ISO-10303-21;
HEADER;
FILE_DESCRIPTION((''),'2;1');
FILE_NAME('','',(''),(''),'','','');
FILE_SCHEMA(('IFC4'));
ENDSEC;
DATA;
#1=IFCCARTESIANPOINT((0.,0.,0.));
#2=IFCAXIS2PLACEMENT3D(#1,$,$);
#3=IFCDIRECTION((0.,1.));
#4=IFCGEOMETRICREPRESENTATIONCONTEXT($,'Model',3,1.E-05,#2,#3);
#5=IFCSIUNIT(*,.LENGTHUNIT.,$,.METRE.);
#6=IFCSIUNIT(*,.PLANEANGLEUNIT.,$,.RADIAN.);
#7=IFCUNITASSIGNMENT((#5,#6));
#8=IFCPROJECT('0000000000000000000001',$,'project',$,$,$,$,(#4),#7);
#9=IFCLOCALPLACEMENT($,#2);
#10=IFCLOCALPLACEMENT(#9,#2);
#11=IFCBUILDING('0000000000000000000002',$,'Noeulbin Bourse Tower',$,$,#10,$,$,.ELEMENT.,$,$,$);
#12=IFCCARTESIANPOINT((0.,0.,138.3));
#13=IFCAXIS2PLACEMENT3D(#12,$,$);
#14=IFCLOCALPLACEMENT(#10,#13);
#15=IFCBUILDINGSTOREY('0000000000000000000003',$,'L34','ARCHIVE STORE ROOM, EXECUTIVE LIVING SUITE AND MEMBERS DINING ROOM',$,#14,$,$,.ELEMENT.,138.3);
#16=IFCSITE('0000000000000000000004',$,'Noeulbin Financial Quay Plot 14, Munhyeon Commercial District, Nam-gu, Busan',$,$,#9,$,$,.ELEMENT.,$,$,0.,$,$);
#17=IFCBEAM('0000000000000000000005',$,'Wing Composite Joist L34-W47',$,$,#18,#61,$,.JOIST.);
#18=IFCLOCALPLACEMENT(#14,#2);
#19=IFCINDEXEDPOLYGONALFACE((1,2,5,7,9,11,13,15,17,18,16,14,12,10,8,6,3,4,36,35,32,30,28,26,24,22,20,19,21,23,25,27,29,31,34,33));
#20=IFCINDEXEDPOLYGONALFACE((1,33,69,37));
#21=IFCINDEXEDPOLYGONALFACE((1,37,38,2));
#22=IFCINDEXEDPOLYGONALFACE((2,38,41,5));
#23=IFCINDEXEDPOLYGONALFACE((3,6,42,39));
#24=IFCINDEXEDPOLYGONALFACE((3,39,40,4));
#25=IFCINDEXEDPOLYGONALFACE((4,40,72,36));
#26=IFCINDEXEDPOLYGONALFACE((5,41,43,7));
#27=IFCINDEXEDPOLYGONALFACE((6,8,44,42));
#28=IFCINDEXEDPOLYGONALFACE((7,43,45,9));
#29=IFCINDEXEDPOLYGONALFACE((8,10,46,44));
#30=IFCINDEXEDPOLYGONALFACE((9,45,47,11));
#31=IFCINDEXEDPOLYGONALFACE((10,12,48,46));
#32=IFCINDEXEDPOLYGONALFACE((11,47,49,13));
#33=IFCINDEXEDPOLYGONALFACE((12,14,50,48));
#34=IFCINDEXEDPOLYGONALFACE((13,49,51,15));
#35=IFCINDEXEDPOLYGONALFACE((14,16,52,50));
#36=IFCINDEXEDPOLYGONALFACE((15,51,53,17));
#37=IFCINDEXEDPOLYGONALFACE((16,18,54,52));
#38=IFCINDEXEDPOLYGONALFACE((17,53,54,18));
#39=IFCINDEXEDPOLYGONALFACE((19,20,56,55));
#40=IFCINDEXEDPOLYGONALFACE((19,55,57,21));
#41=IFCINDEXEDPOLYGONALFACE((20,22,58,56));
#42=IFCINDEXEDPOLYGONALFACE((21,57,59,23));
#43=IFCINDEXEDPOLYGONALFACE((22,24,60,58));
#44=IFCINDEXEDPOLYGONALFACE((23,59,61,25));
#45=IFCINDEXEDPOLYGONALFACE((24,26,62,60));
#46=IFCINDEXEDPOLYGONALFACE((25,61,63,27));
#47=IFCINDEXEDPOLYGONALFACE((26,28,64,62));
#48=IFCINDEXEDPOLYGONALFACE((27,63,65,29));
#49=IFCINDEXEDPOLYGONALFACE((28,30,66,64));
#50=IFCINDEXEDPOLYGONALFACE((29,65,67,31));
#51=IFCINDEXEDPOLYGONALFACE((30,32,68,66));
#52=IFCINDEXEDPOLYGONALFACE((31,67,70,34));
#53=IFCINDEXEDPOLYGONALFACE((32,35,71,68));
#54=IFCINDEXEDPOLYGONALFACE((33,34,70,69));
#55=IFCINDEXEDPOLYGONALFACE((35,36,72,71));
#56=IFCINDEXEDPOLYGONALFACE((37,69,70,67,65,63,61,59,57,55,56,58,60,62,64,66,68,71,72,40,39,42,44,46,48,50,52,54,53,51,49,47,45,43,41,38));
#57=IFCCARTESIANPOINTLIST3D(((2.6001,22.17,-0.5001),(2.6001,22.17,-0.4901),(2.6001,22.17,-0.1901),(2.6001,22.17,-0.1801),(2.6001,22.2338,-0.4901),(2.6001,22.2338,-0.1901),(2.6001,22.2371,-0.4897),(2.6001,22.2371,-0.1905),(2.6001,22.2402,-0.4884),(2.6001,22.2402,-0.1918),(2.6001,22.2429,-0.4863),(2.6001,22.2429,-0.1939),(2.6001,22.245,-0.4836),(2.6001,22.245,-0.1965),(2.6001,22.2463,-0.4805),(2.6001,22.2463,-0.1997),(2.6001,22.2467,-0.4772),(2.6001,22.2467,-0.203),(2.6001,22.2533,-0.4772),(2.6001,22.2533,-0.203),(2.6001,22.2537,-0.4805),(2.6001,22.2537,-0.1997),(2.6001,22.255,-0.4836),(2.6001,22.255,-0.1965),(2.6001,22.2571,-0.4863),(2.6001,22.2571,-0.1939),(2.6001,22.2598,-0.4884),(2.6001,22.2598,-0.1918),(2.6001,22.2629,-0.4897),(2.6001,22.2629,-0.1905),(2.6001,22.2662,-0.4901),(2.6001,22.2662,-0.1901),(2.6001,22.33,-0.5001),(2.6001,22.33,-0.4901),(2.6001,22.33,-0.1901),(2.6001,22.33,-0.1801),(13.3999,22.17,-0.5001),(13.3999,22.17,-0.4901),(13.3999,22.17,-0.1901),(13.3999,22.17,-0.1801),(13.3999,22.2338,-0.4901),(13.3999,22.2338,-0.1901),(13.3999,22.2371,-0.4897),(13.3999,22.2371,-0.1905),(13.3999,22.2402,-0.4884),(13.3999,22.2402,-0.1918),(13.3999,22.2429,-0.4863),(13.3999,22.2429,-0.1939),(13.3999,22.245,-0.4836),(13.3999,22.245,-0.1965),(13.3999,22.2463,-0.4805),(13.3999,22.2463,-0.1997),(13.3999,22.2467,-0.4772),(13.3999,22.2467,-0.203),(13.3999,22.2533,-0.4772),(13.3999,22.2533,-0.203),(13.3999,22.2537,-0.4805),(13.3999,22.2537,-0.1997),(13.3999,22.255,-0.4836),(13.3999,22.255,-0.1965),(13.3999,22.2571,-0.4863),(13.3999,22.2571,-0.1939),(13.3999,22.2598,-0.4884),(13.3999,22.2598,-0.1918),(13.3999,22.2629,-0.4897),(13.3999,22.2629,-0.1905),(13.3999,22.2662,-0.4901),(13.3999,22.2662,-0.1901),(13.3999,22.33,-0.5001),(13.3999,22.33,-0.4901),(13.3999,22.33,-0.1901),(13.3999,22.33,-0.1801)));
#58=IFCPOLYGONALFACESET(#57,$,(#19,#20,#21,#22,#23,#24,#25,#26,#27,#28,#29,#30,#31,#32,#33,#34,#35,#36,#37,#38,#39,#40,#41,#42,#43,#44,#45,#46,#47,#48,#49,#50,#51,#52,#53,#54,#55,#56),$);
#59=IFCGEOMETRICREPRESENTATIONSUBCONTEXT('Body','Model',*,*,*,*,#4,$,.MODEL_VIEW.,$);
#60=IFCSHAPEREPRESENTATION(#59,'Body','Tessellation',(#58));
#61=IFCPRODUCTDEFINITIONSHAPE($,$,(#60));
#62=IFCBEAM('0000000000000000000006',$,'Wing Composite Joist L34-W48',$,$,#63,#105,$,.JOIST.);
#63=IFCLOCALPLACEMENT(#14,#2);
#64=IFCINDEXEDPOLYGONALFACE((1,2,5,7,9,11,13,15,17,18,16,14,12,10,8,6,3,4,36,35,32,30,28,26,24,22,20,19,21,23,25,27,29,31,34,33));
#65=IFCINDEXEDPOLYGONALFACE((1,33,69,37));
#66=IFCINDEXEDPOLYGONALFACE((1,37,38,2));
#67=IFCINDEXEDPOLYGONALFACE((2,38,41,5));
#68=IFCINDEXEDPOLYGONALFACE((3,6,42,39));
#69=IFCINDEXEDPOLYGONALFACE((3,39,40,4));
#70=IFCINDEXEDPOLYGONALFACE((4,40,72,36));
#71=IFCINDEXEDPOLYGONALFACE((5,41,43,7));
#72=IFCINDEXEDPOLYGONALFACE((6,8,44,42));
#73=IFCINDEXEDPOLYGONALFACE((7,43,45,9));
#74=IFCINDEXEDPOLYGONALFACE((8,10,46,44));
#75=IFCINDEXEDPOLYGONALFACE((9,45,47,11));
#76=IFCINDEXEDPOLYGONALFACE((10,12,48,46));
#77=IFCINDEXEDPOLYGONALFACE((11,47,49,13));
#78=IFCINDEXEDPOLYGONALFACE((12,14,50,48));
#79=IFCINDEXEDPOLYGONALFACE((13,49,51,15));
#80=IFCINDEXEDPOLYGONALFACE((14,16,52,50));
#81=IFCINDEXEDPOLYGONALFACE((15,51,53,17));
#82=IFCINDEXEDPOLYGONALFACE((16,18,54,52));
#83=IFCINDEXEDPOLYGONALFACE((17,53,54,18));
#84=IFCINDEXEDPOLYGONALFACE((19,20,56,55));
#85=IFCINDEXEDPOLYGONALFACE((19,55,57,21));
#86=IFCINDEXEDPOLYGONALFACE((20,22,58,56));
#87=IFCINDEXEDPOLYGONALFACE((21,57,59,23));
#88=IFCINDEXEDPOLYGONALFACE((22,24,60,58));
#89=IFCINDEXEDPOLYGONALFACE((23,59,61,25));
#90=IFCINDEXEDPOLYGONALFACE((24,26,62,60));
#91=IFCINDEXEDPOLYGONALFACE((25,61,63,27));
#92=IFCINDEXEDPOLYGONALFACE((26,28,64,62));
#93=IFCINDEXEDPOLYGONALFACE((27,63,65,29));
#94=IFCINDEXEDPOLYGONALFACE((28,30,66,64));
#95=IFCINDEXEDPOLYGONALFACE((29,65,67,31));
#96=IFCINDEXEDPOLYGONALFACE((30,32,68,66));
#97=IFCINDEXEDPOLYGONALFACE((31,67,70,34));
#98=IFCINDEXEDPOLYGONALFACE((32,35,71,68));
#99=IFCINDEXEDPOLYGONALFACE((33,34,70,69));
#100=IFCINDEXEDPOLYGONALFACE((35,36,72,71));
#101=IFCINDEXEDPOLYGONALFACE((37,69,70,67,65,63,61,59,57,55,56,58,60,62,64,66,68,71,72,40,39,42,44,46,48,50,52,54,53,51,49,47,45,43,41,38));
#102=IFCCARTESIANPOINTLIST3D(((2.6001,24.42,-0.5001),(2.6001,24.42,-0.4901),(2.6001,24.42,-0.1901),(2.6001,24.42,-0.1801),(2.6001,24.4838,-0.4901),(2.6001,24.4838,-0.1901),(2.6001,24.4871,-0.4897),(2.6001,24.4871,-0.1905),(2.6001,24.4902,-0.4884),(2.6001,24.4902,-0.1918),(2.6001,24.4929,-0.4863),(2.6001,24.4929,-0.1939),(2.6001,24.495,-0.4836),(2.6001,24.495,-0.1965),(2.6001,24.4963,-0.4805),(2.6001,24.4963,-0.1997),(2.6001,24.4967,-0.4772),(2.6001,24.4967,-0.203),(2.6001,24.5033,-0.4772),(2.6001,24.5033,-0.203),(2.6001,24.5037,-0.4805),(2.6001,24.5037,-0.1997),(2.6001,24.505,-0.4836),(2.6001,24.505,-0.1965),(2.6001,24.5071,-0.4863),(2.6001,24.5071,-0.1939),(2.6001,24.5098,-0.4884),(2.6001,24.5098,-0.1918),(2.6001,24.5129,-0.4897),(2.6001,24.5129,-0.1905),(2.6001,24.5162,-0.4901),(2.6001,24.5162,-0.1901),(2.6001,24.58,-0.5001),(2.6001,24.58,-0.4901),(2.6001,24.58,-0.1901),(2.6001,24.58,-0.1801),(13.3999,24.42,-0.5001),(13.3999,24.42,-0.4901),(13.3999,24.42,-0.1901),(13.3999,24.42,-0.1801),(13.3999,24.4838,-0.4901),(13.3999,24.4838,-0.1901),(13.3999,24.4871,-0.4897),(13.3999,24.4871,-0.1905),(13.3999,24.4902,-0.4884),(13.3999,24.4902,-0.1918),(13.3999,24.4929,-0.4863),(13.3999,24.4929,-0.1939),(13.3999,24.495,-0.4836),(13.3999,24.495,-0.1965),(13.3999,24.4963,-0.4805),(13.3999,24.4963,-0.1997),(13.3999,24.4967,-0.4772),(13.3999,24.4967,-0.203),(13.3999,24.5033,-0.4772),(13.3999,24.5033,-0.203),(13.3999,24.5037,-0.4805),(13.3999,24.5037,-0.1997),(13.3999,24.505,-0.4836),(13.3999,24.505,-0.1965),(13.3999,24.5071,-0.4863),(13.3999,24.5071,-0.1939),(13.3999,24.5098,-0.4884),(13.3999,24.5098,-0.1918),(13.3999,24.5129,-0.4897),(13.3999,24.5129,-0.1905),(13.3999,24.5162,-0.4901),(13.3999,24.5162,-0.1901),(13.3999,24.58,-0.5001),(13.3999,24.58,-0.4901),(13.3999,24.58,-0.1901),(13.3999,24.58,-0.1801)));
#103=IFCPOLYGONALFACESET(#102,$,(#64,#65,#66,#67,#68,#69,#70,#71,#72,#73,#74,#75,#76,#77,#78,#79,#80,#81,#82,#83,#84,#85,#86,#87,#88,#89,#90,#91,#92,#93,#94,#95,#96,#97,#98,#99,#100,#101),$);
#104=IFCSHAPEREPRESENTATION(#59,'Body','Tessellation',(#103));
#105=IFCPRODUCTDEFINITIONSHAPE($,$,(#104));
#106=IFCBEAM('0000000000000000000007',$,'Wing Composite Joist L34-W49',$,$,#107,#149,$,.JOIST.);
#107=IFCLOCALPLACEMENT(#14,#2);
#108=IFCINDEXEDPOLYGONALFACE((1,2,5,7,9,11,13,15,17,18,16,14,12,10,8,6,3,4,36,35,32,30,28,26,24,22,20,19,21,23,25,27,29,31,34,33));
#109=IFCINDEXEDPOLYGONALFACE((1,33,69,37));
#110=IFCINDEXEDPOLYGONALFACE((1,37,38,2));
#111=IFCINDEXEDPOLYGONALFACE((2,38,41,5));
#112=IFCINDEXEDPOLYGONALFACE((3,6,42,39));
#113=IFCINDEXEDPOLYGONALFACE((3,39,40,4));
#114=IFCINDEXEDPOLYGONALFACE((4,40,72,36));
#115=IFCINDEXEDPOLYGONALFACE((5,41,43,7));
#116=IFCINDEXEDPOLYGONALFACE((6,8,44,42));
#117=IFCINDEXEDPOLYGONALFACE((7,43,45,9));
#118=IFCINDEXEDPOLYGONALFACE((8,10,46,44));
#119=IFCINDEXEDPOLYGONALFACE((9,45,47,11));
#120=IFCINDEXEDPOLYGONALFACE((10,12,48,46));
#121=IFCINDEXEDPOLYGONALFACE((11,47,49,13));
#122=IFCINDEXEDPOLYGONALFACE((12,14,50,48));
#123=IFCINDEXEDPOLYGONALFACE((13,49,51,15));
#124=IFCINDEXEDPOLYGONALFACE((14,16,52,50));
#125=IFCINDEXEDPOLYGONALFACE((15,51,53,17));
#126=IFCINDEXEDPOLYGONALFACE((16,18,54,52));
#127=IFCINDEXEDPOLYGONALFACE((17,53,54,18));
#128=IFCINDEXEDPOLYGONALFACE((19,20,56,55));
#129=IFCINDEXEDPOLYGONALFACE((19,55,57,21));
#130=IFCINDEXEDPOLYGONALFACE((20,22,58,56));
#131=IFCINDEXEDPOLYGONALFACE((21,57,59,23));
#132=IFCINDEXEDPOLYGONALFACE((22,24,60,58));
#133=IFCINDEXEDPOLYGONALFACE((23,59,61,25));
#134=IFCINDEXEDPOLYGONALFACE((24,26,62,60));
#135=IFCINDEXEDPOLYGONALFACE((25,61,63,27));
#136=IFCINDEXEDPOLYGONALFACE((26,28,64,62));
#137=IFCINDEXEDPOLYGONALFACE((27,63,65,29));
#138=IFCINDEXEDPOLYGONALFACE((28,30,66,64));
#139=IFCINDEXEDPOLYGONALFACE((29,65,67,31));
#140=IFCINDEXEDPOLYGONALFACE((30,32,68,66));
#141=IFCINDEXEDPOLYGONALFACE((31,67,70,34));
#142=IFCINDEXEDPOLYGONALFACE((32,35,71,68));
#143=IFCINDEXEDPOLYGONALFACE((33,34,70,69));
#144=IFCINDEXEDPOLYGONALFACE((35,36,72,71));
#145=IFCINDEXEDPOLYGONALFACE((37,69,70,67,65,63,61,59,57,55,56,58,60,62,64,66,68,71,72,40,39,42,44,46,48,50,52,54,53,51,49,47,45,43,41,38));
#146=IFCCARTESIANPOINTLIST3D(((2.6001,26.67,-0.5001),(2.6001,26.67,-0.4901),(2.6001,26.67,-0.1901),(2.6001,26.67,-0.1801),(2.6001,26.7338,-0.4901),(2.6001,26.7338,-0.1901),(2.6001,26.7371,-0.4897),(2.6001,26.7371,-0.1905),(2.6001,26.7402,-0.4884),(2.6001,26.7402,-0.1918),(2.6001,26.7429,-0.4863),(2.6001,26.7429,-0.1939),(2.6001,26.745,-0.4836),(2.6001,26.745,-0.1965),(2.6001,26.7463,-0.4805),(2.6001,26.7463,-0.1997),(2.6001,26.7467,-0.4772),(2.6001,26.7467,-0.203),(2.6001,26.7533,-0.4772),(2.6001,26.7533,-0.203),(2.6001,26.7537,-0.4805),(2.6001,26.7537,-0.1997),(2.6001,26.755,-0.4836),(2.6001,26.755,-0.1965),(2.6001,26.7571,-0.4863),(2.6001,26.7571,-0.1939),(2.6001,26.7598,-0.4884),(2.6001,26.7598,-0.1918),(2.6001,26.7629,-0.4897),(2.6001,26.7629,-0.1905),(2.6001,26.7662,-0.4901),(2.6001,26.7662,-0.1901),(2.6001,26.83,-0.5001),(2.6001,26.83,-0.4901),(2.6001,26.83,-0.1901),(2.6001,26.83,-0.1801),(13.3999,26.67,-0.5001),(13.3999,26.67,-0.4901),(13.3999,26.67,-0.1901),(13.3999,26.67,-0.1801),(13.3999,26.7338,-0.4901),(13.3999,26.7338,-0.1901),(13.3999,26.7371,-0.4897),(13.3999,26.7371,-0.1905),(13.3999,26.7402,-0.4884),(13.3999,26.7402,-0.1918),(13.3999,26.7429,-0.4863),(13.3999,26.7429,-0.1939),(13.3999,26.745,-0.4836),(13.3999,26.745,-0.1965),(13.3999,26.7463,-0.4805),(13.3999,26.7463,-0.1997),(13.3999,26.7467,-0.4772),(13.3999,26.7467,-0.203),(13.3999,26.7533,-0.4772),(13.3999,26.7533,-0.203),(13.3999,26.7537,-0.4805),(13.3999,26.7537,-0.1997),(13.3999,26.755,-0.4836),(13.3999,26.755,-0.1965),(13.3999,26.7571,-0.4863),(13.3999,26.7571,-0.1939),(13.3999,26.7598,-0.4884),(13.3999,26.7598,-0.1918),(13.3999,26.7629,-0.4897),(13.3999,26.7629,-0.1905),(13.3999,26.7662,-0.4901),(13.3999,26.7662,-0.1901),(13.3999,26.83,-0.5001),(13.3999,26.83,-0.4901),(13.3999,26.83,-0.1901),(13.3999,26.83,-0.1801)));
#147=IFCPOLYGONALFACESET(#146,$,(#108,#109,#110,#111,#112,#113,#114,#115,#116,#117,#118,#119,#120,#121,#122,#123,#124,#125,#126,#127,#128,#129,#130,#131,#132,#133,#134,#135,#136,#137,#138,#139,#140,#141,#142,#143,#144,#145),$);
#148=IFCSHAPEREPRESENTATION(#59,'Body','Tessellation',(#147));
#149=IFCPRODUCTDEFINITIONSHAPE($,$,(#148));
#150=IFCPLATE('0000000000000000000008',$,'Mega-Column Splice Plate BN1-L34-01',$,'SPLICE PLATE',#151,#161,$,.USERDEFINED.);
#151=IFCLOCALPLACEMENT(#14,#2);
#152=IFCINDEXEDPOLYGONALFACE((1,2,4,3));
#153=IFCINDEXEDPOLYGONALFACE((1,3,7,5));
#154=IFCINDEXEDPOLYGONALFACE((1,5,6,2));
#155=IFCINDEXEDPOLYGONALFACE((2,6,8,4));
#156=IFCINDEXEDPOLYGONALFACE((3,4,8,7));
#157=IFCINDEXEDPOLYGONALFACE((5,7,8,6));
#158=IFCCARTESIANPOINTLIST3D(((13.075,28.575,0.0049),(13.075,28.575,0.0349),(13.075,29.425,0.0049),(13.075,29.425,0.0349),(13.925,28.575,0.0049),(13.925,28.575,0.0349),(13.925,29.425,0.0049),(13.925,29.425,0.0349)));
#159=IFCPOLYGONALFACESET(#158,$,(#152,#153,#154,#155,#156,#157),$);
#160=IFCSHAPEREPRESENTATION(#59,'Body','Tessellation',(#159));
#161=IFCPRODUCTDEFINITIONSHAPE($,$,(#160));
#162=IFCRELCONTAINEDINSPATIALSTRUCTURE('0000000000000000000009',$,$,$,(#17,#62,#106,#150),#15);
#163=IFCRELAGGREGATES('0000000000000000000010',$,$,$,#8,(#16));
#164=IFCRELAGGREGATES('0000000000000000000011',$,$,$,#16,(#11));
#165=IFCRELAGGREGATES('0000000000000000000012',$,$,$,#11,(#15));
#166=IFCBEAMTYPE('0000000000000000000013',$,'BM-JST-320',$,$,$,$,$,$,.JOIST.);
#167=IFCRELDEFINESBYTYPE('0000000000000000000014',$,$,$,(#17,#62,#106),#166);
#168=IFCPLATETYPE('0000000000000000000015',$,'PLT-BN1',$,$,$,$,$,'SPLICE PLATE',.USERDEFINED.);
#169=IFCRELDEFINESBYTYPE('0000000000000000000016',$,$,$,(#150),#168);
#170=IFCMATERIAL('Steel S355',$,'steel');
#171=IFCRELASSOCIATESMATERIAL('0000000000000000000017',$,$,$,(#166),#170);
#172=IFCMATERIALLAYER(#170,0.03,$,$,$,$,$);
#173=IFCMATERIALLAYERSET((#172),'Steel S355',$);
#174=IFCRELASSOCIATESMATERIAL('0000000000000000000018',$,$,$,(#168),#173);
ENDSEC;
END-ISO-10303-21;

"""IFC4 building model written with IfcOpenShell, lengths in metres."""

from ifc_helpers import new_model, si_unit, direction, frame, origin, origin_2d, place, context, subcontext, project, spatial, rectangle, i_section, extrude, material, layer, layer_set, material_profile, profile_set, type_object, element, save


model = new_model("IFC4")

# Units and contexts
model_context = context("Model", 3, precision=1e-05, world=origin(), true_north=direction((0.0, 1.0)))
body_context = subcontext(model_context, "Body", "Model", "MODEL_VIEW")
ifc_project = project(units=[si_unit("LENGTHUNIT", "METRE"), si_unit("PLANEANGLEUNIT", "RADIAN")], contexts=[model_context])

# Site, building, storey
site_placement = place(None, origin())
site = spatial("IfcSite", under=ifc_project, at=site_placement, Name="Noeulbin Financial Quay Plot 14, Munhyeon Commercial District, Nam-gu, Busan", CompositionType="ELEMENT", RefElevation=0.0)
building_placement = place(site_placement, origin())
building = spatial("IfcBuilding", under=site, at=building_placement, Name="Noeulbin Bourse Tower", CompositionType="ELEMENT")
storey_placement = place(building_placement, frame((0.0, 0.0, 138.3)))
storey = spatial("IfcBuildingStorey", under=building, at=storey_placement, Name="L34", Description="ARCHIVE STORE ROOM, EXECUTIVE LIVING SUITE AND MEMBERS DINING ROOM", CompositionType="ELEMENT", Elevation=138.3)

# Beams
ifc_material_1 = material(Name="Steel S355", Category="steel")
ifc_material_profile_1 = material_profile(ifc_material_1, i_section(OverallWidth=0.1599, OverallDepth=0.3201, WebThickness=0.0066, FlangeThickness=0.01, FilletRadius=0.0129, at=origin_2d()), Name="H-320x160x6.5x10", Category="LoadBearing")
ifc_profile_set_1 = profile_set([ifc_material_profile_1], Name="Steel S355")
beam_type_1 = type_object("IfcBeamType", Name="BM-JST-320", PredefinedType="JOIST", material=ifc_profile_set_1)
for number, where, z_axis, x_axis, name in (
    (1, (2.6001, 22.25, -0.3401), (1.0, 0.0, 0.0), (0.0, 1.0, 0.0), "Wing Composite Joist L34-W47"),
    (2, (2.6001, 24.5, -0.3401), (1.0, 0.0, 0.0), (0.0, 1.0, 0.0), "Wing Composite Joist L34-W48"),
    (3, (2.6001, 26.75, -0.3401), (1.0, 0.0, 0.0), (0.0, 1.0, 0.0), "Wing Composite Joist L34-W49"),
):
    element("IfcBeam", number, at=place(storey_placement, frame(where, z_axis=z_axis, x_axis=x_axis)), inside=storey, type_object=beam_type_1, Name=name, PredefinedType="JOIST", context=body_context, shape_type="SweptSolid", body=[
        extrude(i_section(OverallWidth=0.1599, OverallDepth=0.3201, WebThickness=0.0066, FlangeThickness=0.01, FilletRadius=0.0129, at=origin_2d()), origin(), (0.0, 0.0, 1.0), 10.7998),
    ])

# Plate
ifc_layer_1 = layer(ifc_material_1, 0.03)
ifc_layer_set_1 = layer_set([ifc_layer_1], Name="Steel S355")
plate_type = type_object("IfcPlateType", Name="PLT-BN1", ElementType="SPLICE PLATE", PredefinedType="USERDEFINED", material=ifc_layer_set_1)
plate_placement = place(storey_placement, frame((13.5, 29.0, 0.0049), z_axis=(0.0, 0.0, 1.0), x_axis=(1.0, 0.0, 0.0)))
element("IfcPlate", 4, at=plate_placement, inside=storey, type_object=plate_type, Name="Mega-Column Splice Plate BN1-L34-01", ObjectType="SPLICE PLATE", PredefinedType="USERDEFINED", context=body_context, shape_type="SweptSolid", body=[
    extrude(rectangle(XDim=0.8501, YDim=0.8501, at=origin_2d()), origin(), (0.0, 0.0, 1.0), 0.03),
])

save(model, "model.ifc")
